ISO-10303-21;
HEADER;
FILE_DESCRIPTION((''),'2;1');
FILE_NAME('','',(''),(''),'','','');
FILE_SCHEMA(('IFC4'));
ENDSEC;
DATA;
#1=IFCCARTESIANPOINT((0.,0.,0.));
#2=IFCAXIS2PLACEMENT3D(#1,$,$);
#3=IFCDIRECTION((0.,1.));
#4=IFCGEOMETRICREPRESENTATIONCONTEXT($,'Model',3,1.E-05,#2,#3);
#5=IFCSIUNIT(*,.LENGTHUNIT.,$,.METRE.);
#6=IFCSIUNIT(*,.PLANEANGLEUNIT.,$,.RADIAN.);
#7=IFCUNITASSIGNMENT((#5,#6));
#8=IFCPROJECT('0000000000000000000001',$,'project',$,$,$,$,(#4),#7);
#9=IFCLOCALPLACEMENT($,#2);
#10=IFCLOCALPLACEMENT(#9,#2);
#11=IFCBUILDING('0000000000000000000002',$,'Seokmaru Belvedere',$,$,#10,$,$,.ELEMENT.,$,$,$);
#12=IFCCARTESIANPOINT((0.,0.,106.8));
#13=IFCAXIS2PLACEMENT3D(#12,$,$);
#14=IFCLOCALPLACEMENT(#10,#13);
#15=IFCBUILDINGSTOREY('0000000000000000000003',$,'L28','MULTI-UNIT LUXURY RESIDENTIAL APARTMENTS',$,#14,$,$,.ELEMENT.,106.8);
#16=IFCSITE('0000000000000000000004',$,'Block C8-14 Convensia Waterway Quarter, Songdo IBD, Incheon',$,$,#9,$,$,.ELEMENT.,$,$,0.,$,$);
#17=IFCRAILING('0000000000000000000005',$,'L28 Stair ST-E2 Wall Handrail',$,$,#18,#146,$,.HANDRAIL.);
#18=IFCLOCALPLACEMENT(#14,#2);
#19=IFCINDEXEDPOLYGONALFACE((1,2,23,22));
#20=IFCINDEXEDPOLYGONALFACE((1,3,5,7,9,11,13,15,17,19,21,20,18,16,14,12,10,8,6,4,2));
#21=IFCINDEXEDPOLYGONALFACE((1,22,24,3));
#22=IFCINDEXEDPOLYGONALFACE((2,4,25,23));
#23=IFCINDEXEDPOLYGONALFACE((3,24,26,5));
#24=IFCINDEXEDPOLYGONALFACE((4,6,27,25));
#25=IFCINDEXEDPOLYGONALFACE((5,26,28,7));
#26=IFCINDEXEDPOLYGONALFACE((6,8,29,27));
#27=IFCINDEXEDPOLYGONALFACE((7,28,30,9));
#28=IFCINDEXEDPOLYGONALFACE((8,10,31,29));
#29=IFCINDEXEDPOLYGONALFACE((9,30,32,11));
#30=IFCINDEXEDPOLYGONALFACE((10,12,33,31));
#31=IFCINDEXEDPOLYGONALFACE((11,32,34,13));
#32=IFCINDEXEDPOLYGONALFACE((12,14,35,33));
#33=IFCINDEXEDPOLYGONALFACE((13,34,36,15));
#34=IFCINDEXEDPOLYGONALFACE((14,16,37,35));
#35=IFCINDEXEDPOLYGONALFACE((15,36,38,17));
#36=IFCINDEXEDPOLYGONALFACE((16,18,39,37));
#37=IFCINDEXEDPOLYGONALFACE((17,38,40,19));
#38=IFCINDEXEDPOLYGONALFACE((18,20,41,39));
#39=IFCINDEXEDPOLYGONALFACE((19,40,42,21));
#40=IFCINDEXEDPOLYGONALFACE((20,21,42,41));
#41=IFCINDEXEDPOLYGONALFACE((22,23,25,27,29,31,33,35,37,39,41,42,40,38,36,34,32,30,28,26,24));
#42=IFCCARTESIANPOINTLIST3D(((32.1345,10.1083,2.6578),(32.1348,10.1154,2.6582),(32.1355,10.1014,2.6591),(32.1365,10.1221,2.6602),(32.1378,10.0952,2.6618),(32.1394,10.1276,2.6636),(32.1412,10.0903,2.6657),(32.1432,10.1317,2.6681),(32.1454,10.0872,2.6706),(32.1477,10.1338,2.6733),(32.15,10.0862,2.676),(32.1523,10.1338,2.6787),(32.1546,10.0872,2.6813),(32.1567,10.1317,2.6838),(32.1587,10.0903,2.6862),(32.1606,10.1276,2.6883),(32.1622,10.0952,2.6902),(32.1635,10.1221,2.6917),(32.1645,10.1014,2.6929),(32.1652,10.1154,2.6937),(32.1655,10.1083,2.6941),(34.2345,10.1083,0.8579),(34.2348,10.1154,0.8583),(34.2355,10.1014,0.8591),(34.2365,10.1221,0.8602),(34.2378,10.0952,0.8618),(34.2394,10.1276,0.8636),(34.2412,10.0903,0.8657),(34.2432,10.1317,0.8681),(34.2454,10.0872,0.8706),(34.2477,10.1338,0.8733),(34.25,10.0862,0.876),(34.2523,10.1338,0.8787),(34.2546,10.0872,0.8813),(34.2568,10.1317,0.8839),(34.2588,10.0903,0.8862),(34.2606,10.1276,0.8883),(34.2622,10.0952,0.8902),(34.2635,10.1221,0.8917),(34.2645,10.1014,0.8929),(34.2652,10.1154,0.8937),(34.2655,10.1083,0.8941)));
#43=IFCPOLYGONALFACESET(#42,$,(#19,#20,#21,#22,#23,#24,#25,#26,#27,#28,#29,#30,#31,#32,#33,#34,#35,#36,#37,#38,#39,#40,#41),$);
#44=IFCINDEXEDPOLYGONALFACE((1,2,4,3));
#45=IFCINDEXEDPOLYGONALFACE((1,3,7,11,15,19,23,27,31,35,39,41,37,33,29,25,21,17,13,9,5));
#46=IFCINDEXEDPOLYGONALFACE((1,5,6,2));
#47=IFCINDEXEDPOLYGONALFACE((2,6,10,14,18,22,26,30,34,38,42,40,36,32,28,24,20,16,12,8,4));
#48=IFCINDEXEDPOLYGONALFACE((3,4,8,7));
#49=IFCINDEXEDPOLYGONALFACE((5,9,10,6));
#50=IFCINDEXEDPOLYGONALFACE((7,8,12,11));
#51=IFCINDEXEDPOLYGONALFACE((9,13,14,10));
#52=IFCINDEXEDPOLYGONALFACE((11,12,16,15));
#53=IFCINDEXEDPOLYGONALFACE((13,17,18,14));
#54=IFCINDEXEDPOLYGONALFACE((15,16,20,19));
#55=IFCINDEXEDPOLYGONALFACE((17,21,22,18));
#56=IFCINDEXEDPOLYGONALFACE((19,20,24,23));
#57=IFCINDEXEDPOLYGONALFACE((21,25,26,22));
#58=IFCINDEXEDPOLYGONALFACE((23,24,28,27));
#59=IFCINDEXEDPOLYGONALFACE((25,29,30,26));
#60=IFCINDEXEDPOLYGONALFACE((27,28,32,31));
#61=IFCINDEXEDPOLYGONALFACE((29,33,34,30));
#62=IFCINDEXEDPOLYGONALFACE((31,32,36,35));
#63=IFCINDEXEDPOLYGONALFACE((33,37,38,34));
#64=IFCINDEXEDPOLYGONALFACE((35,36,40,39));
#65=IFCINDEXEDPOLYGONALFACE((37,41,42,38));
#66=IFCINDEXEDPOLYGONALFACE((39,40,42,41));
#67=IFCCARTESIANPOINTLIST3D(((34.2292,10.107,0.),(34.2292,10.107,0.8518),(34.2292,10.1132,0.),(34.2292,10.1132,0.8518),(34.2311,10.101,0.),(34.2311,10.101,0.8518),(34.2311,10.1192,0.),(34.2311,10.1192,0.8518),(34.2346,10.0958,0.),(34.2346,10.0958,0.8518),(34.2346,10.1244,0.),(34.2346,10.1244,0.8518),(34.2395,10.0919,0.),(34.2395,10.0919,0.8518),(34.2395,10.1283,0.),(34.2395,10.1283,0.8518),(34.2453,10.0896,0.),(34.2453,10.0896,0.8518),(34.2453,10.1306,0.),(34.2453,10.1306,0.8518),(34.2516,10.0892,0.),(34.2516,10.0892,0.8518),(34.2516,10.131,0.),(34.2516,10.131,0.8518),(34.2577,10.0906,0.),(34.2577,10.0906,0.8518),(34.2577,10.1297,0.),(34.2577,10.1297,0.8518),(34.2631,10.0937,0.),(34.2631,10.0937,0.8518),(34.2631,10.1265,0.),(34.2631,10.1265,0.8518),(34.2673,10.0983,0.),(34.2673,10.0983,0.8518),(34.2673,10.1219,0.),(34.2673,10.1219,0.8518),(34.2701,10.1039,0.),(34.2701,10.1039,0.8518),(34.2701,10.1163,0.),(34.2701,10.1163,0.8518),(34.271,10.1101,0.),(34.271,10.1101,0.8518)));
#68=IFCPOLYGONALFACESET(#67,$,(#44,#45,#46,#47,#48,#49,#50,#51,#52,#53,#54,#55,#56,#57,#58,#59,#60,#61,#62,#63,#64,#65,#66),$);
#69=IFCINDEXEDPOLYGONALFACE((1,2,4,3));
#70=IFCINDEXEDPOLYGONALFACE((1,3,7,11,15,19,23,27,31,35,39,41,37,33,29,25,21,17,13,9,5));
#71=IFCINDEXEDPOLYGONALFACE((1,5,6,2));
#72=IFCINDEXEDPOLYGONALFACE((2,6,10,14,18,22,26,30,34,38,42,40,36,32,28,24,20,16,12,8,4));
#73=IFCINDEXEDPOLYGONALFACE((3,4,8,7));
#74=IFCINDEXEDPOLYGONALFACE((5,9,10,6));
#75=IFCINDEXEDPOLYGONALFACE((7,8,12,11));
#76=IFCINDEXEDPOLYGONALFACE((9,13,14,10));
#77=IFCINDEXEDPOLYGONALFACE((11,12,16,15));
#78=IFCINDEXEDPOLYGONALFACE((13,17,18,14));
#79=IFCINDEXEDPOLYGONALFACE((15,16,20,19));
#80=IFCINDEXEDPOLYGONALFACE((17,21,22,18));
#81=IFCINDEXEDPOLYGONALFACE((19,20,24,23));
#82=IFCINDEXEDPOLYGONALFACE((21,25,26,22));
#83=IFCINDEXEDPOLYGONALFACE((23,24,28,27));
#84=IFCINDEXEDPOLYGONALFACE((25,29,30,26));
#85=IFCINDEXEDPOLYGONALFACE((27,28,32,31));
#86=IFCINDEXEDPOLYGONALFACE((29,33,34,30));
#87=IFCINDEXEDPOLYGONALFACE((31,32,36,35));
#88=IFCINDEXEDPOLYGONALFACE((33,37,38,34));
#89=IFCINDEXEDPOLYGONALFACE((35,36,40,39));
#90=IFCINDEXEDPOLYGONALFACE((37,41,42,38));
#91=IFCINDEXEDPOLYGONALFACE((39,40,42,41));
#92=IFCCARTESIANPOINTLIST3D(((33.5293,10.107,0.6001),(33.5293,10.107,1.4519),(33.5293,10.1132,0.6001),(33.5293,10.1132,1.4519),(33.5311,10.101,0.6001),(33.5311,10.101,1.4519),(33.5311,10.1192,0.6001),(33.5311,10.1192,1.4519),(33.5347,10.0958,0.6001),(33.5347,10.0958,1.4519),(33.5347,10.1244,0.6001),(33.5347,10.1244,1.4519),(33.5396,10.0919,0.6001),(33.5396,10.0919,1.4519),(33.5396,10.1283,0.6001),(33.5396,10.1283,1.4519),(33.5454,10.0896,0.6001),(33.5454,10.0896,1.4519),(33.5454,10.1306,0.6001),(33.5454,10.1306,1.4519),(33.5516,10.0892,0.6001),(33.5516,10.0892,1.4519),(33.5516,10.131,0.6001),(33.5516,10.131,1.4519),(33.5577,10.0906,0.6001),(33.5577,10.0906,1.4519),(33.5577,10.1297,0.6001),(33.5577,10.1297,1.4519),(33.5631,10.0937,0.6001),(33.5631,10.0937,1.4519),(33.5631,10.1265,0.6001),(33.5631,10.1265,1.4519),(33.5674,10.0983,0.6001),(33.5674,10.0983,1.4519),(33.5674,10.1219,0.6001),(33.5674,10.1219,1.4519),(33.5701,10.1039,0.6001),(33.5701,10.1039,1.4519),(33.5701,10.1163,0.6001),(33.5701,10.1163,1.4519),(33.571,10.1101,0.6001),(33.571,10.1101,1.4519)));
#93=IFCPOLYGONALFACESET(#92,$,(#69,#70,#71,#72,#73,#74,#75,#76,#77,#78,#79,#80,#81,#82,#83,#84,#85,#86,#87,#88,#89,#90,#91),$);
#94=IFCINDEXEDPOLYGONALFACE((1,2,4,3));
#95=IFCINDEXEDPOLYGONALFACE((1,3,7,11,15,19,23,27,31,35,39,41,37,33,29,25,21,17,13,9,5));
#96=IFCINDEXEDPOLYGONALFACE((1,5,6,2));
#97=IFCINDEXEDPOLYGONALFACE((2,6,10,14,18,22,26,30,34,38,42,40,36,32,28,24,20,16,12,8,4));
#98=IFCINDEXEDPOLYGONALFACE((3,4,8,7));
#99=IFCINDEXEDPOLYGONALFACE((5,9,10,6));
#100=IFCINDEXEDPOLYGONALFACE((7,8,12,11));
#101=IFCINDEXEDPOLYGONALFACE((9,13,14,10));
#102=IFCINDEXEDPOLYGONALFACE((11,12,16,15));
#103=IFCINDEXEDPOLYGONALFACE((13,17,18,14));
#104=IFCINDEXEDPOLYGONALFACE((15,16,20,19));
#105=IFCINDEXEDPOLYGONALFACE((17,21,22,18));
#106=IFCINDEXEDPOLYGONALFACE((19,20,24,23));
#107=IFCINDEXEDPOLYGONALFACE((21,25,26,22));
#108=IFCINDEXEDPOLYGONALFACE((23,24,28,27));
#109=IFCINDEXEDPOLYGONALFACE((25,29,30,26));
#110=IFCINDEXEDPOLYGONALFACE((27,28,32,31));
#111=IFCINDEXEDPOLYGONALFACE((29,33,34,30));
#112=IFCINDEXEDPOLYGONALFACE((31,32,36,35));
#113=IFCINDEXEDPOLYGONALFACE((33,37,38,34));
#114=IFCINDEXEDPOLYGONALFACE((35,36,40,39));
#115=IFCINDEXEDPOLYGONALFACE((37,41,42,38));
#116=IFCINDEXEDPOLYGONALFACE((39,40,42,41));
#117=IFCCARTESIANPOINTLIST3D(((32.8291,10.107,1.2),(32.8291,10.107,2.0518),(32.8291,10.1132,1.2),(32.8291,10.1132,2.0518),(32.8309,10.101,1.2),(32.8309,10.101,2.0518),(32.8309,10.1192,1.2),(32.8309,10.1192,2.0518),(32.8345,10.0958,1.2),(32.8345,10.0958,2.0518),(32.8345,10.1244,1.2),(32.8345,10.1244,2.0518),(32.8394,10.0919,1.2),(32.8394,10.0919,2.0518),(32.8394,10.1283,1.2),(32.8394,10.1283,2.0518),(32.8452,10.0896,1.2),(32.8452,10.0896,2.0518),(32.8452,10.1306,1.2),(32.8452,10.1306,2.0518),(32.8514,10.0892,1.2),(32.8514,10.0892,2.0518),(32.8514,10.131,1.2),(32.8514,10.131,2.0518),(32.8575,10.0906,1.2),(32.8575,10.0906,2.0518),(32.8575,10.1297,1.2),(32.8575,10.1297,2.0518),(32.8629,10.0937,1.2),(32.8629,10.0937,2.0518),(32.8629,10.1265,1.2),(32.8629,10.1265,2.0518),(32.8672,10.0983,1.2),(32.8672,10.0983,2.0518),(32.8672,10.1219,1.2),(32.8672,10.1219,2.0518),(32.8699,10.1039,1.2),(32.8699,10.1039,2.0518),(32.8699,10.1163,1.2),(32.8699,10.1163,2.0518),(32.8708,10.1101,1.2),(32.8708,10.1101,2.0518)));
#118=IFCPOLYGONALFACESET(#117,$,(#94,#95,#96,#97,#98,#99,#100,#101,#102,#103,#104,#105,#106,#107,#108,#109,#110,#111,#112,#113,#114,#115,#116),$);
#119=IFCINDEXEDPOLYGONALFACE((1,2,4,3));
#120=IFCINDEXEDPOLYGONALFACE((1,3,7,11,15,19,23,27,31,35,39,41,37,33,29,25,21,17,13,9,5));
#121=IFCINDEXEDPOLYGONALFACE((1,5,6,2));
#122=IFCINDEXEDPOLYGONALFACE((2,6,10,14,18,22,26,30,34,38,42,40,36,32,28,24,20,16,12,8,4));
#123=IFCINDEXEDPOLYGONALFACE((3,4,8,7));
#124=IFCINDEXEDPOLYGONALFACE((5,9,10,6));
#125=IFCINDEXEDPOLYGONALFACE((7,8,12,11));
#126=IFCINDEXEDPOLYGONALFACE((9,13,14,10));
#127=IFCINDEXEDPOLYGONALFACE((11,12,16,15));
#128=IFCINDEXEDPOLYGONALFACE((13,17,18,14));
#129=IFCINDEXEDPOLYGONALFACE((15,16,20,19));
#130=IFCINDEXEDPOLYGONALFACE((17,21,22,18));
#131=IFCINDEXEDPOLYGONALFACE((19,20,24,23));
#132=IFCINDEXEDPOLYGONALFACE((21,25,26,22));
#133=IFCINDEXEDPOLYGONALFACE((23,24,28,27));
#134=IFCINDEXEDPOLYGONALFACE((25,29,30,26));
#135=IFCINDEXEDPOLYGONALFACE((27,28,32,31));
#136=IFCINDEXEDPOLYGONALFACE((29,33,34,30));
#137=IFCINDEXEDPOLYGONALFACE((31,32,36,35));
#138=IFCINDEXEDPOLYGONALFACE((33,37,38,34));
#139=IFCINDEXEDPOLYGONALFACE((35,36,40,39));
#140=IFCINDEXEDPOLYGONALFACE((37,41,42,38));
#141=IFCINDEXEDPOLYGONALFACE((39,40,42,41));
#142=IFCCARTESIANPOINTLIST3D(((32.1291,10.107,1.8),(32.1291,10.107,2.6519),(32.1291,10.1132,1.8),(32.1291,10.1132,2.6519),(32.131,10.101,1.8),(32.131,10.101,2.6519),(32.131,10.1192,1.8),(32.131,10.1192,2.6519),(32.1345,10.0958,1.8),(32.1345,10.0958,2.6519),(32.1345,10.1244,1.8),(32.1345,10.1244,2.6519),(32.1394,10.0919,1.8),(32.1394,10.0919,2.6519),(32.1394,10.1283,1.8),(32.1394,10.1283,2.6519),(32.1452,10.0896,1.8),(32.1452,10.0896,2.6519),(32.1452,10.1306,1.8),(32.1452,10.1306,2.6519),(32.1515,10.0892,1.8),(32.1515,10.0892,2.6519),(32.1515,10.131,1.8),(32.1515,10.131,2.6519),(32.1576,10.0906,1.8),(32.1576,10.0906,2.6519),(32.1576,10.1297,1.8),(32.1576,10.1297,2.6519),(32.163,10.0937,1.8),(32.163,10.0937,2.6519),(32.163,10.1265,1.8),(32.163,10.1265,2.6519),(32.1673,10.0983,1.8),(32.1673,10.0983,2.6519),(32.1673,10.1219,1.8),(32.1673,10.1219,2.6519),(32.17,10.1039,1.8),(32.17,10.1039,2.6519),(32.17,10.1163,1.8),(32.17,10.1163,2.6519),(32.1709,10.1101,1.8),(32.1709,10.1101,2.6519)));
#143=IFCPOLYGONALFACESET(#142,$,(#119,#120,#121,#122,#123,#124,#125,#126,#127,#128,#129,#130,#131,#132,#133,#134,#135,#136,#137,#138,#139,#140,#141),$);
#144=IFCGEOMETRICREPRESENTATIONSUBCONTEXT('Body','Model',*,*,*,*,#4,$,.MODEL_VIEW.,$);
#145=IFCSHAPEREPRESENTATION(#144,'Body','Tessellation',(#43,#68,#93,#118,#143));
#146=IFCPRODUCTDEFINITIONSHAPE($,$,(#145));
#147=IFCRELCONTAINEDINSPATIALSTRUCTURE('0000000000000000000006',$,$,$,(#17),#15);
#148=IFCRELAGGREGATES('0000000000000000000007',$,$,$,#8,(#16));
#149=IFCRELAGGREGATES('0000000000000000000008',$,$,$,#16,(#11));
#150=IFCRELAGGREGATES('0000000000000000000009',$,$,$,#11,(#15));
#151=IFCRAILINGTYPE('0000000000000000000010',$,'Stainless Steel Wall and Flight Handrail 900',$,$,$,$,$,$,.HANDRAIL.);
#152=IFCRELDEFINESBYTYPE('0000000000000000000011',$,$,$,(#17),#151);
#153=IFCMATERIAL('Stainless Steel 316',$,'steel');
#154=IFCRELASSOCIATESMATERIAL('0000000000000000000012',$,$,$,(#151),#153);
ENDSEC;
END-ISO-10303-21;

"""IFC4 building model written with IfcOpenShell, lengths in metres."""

from ifc_helpers import new_model, si_unit, direction, frame, origin, origin_2d, place, context, subcontext, project, spatial, circle, extrude, material, type_object, element, save


model = new_model("IFC4")

# Units and contexts
model_context = context("Model", 3, precision=1e-05, world=origin(), true_north=direction((0.0, 1.0)))
body_context = subcontext(model_context, "Body", "Model", "MODEL_VIEW")
ifc_project = project(units=[si_unit("LENGTHUNIT", "METRE"), si_unit("PLANEANGLEUNIT", "RADIAN")], contexts=[model_context])

# Site, building, storey
site_placement = place(None, origin())
site = spatial("IfcSite", under=ifc_project, at=site_placement, Name="Block C8-14 Convensia Waterway Quarter, Songdo IBD, Incheon", CompositionType="ELEMENT", RefElevation=0.0)
building_placement = place(site_placement, origin())
building = spatial("IfcBuilding", under=site, at=building_placement, Name="Seokmaru Belvedere", CompositionType="ELEMENT")
storey_placement = place(building_placement, frame((0.0, 0.0, 106.8)))
storey = spatial("IfcBuildingStorey", under=building, at=storey_placement, Name="L28", Description="MULTI-UNIT LUXURY RESIDENTIAL APARTMENTS", CompositionType="ELEMENT", Elevation=106.8)

# Railing
ifc_material_1 = material(Name="Stainless Steel 316", Category="steel")
railing_type_1 = type_object("IfcRailingType", Name="Stainless Steel Wall and Flight Handrail 900", PredefinedType="HANDRAIL", material=ifc_material_1)
railing_1_placement = place(storey_placement, frame((34.25, 10.1101, 0.0)))
element("IfcRailing", 1, at=railing_1_placement, inside=storey, type_object=railing_type_1, Name="L28 Stair ST-E2 Wall Handrail", PredefinedType="HANDRAIL", context=body_context, shape_type="SweptSolid", body=[
    extrude(circle(Radius=0.0239, at=origin_2d()), frame((0.0, 0.0, 0.876), z_axis=(-0.759263, 0.0, 0.650784), x_axis=(0.0, -1.0, 0.0)), (0.0, 0.0, 1.0), 2.7659),
    extrude(circle(Radius=0.021, at=origin_2d()), origin(), (0.0, 0.0, 1.0), 0.8518),
    extrude(circle(Radius=0.021, at=origin_2d()), frame((-0.7, 0.0, 0.6001)), (0.0, 0.0, 1.0), 0.8518),
    extrude(circle(Radius=0.021, at=origin_2d()), frame((-1.4001, 0.0, 1.2)), (0.0, 0.0, 1.0), 0.8518),
    extrude(circle(Radius=0.021, at=origin_2d()), frame((-2.1001, 0.0, 1.8)), (0.0, 0.0, 1.0), 0.8518),
])

save(model, "model.ifc")
